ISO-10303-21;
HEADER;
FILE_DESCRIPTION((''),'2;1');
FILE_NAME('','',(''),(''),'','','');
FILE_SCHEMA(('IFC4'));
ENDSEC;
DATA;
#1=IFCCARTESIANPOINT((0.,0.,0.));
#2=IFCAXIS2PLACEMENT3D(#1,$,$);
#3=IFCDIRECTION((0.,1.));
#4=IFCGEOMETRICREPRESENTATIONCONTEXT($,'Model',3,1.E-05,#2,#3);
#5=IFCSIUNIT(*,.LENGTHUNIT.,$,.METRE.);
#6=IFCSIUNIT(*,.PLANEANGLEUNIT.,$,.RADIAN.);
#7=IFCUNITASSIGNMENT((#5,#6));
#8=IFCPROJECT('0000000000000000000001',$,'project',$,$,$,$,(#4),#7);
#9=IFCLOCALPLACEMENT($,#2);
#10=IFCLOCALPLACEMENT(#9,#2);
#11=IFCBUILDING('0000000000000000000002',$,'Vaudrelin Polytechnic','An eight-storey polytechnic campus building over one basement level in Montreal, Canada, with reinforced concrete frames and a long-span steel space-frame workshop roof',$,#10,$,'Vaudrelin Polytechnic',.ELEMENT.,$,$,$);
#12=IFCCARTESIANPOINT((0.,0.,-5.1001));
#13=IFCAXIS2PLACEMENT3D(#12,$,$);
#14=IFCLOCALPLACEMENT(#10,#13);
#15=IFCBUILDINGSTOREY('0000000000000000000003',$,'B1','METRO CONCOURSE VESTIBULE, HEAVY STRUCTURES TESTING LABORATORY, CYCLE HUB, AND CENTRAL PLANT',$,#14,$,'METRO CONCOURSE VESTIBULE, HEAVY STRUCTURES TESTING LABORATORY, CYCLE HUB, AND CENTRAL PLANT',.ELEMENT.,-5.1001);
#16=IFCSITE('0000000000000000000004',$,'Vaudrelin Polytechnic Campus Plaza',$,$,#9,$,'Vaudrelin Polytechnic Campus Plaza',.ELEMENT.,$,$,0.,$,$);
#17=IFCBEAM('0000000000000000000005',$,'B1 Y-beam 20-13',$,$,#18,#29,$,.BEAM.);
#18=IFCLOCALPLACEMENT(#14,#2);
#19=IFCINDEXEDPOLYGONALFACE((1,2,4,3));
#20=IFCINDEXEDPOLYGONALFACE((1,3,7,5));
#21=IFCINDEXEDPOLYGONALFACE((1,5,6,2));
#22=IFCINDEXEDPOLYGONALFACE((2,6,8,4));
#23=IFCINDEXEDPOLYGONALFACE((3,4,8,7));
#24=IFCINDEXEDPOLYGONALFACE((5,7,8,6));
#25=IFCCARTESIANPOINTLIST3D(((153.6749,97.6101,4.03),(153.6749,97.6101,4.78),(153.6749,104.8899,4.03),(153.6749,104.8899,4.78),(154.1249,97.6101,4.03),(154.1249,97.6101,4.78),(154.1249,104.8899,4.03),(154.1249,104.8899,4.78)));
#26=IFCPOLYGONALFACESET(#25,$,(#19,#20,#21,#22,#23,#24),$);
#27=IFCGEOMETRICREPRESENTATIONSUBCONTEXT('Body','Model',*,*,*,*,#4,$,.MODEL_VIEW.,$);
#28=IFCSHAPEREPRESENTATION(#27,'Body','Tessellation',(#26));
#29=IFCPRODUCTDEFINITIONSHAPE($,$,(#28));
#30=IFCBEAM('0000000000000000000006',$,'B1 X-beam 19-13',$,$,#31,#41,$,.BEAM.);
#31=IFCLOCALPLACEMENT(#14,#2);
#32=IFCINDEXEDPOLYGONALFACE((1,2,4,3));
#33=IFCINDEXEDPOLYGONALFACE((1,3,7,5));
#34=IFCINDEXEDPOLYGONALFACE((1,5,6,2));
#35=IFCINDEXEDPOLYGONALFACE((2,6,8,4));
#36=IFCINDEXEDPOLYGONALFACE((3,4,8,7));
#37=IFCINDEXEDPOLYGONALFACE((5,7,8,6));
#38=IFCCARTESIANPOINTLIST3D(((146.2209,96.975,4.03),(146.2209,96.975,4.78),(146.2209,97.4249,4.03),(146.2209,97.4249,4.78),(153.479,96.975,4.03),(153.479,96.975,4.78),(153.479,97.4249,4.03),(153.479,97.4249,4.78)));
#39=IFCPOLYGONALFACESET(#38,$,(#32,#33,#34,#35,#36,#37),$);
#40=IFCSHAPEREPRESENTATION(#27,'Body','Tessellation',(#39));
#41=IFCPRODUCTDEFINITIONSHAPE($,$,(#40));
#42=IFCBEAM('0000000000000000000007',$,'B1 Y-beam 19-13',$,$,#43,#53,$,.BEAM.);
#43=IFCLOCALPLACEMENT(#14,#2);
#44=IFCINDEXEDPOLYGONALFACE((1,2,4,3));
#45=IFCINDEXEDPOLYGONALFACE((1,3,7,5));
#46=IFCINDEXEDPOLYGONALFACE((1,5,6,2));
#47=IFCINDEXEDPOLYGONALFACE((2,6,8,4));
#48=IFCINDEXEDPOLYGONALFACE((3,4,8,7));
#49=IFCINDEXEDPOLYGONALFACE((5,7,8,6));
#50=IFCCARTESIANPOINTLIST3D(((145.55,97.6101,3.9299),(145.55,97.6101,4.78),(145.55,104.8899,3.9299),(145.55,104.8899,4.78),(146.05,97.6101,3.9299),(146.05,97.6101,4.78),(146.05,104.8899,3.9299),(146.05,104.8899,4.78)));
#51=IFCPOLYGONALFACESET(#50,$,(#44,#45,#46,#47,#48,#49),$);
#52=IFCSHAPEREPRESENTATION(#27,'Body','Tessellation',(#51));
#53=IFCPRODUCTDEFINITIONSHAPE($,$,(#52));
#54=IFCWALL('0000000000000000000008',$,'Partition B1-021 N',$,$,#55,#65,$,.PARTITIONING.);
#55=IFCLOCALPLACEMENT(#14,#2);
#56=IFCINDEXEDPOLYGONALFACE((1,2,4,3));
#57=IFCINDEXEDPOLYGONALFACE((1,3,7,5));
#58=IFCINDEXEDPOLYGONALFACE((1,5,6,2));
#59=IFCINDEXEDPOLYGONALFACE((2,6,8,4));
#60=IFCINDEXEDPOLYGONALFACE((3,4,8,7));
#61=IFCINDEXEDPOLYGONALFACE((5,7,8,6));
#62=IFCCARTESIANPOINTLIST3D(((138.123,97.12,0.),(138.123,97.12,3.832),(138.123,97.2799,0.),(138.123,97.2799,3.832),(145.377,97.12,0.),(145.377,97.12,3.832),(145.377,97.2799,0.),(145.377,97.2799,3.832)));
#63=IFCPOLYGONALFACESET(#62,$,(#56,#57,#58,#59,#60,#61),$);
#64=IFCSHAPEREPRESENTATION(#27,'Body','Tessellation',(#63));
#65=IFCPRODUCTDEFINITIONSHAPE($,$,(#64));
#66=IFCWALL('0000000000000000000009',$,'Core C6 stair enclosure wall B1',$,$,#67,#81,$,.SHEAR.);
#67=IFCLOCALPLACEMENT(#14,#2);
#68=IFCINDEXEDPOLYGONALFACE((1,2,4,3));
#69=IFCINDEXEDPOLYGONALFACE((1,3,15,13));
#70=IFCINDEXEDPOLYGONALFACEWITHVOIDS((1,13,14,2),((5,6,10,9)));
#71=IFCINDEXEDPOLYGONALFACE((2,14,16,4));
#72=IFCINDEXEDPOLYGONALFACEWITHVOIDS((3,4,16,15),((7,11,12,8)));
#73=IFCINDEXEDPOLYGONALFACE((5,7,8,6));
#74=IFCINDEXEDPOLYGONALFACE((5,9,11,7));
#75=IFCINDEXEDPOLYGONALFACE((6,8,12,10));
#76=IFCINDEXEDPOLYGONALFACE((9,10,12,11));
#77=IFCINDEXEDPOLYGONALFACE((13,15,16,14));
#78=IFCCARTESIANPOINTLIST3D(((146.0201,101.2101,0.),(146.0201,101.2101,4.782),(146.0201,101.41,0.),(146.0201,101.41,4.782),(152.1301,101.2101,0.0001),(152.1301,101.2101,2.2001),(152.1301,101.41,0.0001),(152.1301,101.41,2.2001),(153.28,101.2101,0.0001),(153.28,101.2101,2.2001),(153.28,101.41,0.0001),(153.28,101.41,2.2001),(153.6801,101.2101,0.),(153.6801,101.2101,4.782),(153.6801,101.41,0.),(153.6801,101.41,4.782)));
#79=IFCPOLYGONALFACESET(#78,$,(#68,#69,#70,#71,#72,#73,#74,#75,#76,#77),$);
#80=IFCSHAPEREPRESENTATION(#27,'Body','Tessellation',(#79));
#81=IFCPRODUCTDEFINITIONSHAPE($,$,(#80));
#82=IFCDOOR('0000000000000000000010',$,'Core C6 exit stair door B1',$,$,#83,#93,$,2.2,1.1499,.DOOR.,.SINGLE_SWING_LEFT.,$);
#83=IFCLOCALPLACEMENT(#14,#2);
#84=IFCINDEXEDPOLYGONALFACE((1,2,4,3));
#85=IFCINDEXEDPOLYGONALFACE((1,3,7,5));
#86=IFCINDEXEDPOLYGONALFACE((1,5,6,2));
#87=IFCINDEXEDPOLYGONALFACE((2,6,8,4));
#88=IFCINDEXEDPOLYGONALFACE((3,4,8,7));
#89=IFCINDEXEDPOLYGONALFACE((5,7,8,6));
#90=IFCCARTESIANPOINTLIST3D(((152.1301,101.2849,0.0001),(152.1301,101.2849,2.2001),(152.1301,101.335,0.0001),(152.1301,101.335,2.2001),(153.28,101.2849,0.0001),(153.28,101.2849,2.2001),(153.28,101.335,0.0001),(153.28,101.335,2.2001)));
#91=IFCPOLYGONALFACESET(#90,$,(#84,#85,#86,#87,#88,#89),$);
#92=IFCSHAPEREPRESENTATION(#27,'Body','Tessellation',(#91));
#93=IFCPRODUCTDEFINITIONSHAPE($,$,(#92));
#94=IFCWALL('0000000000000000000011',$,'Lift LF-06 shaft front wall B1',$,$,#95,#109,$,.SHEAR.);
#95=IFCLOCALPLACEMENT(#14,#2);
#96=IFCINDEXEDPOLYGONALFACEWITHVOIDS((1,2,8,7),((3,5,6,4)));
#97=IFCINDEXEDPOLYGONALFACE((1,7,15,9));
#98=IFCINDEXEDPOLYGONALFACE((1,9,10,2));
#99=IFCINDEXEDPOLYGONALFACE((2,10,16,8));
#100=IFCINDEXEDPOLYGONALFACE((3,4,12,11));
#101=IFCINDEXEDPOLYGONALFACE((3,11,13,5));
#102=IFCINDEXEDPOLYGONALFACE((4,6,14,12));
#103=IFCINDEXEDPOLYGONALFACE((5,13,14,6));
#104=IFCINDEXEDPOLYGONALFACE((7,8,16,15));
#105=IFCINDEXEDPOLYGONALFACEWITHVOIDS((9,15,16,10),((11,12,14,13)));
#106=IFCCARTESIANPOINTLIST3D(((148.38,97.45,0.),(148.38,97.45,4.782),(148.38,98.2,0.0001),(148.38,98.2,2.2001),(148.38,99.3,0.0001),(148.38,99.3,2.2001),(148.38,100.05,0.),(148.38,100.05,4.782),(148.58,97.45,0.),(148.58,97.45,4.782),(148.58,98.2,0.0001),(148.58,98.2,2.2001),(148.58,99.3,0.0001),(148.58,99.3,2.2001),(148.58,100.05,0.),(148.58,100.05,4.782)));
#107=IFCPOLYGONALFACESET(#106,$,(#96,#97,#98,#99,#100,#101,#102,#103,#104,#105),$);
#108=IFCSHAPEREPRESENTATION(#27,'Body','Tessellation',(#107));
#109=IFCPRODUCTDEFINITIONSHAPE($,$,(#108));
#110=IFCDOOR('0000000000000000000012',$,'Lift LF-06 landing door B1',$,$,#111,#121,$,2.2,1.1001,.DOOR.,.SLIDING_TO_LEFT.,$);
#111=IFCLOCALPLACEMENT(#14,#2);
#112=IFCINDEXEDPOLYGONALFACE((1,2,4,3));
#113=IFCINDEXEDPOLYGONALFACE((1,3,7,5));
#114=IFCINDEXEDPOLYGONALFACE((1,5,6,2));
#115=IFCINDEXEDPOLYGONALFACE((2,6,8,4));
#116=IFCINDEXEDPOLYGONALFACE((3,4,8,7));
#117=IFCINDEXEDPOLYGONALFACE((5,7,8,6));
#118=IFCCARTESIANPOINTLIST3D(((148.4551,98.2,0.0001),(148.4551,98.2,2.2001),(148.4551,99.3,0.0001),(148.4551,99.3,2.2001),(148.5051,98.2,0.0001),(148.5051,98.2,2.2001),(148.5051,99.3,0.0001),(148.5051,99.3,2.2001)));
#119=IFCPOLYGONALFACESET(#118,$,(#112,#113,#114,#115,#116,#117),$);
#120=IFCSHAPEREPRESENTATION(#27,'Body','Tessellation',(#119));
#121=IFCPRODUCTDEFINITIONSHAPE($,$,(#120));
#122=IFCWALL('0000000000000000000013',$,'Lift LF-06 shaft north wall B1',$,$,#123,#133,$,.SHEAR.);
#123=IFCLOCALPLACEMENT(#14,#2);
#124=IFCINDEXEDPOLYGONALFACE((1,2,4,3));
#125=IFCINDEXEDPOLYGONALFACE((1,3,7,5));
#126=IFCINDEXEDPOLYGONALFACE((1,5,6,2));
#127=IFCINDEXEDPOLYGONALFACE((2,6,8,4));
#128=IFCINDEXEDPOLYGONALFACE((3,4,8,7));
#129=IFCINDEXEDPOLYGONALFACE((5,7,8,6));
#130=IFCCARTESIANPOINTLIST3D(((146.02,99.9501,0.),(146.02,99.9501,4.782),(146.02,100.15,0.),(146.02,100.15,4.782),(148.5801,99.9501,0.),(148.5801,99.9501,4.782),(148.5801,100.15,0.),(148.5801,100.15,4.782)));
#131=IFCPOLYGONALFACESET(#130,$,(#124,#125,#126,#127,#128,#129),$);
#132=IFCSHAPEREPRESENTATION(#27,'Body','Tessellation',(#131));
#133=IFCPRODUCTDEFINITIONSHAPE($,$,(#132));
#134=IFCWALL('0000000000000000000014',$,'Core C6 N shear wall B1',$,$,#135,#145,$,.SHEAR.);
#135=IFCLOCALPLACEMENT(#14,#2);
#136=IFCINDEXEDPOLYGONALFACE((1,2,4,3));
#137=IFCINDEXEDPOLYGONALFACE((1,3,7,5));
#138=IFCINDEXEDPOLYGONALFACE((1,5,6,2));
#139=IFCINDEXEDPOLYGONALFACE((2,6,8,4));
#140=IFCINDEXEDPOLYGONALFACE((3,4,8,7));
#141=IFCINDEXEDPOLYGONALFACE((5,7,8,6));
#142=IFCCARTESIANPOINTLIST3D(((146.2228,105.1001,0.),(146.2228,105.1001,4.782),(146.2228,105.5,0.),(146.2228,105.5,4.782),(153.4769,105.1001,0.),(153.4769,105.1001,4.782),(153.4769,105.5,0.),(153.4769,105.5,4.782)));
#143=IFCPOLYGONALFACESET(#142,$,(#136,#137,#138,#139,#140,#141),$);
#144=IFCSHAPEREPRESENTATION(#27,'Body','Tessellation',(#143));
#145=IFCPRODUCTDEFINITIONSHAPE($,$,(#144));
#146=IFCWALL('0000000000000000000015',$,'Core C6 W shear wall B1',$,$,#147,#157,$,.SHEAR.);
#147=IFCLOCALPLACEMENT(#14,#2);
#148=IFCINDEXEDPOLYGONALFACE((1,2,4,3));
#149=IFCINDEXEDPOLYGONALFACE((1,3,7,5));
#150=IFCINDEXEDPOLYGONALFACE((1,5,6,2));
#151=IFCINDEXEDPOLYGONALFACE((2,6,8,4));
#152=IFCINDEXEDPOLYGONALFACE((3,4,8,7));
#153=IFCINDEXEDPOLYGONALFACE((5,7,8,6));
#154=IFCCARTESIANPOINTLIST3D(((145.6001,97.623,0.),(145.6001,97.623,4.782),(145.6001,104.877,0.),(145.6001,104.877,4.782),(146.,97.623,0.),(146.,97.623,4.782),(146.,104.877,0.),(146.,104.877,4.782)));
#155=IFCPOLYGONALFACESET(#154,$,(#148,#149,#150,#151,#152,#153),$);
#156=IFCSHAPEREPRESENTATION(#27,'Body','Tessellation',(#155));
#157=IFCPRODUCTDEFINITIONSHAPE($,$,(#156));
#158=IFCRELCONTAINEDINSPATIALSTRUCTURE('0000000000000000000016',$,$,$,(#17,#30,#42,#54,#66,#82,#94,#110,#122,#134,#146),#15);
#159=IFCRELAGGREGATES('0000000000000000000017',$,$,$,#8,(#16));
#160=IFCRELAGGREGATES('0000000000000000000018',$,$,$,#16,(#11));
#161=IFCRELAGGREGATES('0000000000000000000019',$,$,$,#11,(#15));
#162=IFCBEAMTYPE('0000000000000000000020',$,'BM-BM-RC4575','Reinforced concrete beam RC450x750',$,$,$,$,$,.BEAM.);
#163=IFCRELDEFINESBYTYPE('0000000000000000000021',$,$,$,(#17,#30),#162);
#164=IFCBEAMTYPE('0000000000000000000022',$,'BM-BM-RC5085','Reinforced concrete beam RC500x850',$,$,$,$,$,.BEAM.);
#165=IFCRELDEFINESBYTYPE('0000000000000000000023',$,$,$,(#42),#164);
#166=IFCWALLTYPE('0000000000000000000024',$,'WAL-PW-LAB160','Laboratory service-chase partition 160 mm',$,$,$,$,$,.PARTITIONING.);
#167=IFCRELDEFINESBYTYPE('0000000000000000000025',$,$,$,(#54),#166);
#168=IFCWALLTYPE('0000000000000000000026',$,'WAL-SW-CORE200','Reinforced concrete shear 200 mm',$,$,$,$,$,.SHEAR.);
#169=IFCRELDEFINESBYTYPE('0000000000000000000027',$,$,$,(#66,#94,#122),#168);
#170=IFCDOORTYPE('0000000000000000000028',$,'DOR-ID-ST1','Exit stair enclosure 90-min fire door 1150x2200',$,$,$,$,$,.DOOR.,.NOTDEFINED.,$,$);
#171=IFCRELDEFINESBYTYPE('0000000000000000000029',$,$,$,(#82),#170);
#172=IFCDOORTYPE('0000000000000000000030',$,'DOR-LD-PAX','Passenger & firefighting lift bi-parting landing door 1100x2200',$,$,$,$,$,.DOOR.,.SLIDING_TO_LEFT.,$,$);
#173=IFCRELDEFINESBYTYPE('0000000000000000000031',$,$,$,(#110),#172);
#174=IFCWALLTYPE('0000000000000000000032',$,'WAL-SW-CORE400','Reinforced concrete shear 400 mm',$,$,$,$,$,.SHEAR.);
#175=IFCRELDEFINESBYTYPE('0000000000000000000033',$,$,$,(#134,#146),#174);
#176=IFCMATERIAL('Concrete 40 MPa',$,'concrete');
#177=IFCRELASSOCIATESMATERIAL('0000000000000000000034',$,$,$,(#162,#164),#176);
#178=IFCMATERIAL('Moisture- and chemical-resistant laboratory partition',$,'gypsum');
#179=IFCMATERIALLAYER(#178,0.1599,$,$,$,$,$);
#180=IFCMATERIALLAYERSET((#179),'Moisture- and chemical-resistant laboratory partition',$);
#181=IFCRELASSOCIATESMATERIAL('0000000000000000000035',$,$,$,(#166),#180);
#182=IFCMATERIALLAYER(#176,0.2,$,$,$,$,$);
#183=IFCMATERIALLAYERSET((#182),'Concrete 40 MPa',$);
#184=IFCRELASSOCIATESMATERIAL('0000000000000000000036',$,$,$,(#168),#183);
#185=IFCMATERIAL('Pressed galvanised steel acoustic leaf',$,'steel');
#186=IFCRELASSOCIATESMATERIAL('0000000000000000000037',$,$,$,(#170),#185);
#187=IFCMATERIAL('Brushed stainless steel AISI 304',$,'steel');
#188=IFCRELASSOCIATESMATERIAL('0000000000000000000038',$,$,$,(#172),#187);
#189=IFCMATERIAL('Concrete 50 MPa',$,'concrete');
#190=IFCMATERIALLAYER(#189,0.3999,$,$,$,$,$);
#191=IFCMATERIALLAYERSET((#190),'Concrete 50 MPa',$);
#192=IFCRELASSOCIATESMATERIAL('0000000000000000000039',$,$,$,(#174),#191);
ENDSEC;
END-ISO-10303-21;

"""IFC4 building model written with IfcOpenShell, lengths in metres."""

from ifc_helpers import new_model, si_unit, direction, frame, frame_2d, origin, origin_2d, place, context, subcontext, project, spatial, rectangle, extrude, material, layer, layer_set, material_profile, profile_set, type_object, element, fill, save


model = new_model("IFC4")

# Units and contexts
model_context = context("Model", 3, precision=1e-05, world=origin(), true_north=direction((0.0, 1.0)))
body_context = subcontext(model_context, "Body", "Model", "MODEL_VIEW")
ifc_project = project(units=[si_unit("LENGTHUNIT", "METRE"), si_unit("PLANEANGLEUNIT", "RADIAN")], contexts=[model_context])

# Site, building, storey
site_placement = place(None, origin())
site = spatial("IfcSite", under=ifc_project, at=site_placement, Name="Vaudrelin Polytechnic Campus Plaza", LongName="Vaudrelin Polytechnic Campus Plaza", CompositionType="ELEMENT", RefElevation=0.0)
building_placement = place(site_placement, origin())
building = spatial("IfcBuilding", under=site, at=building_placement, Name="Vaudrelin Polytechnic", Description="An eight-storey polytechnic campus building over one basement level in Montreal, Canada, with reinforced concrete frames and a long-span steel space-frame workshop roof", LongName="Vaudrelin Polytechnic", CompositionType="ELEMENT")
storey_placement = place(building_placement, frame((0.0, 0.0, -5.1001)))
storey = spatial("IfcBuildingStorey", under=building, at=storey_placement, Name="B1", Description="METRO CONCOURSE VESTIBULE, HEAVY STRUCTURES TESTING LABORATORY, CYCLE HUB, AND CENTRAL PLANT", LongName="METRO CONCOURSE VESTIBULE, HEAVY STRUCTURES TESTING LABORATORY, CYCLE HUB, AND CENTRAL PLANT", CompositionType="ELEMENT", Elevation=-5.1001)

# Shared definitions
ifc_material_1 = material(Name="Concrete 40 MPa", Category="concrete")

# Shared definitions
ifc_material_2 = material(Name="Concrete 50 MPa", Category="concrete")

# Beams
ifc_material_profile_1 = material_profile(ifc_material_1, rectangle(XDim=0.45, YDim=0.75, at=origin_2d()), Name="RC450x750")
ifc_profile_set_1 = profile_set([ifc_material_profile_1], Name="Concrete 40 MPa")
beam_type_1 = type_object("IfcBeamType", Name="BM-BM-RC4575", Description="Reinforced concrete beam RC450x750", PredefinedType="BEAM", material=ifc_profile_set_1)
beam_1_placement = place(storey_placement, frame((153.8999, 97.6101, 4.405), z_axis=(0.0, 1.0, 0.0), x_axis=(-1.0, 0.0, 0.0)))
element("IfcBeam", 1, at=beam_1_placement, inside=storey, type_object=beam_type_1, Name="B1 Y-beam 20-13", PredefinedType="BEAM", context=body_context, shape_type="SweptSolid", body=[
    extrude(rectangle(XDim=0.45, YDim=0.75, at=origin_2d()), origin(), (0.0, 0.0, 1.0), 7.2798),
])
beam_2_placement = place(storey_placement, frame((146.2209, 97.2, 4.405), z_axis=(1.0, 0.0, 0.0), x_axis=(0.0, 1.0, 0.0)))
element("IfcBeam", 2, at=beam_2_placement, inside=storey, type_object=beam_type_1, Name="B1 X-beam 19-13", PredefinedType="BEAM", context=body_context, shape_type="SweptSolid", body=[
    extrude(rectangle(XDim=0.45, YDim=0.75, at=origin_2d()), origin(), (0.0, 0.0, 1.0), 7.2581),
])
ifc_material_profile_2 = material_profile(ifc_material_1, rectangle(XDim=0.5, YDim=0.8501, at=origin_2d()), Name="RC500x850")
ifc_profile_set_2 = profile_set([ifc_material_profile_2], Name="Concrete 40 MPa")
beam_type_2 = type_object("IfcBeamType", Name="BM-BM-RC5085", Description="Reinforced concrete beam RC500x850", PredefinedType="BEAM", material=ifc_profile_set_2)
beam_3_placement = place(storey_placement, frame((145.8, 97.6101, 4.355), z_axis=(0.0, 1.0, 0.0), x_axis=(-1.0, 0.0, 0.0)))
element("IfcBeam", 3, at=beam_3_placement, inside=storey, type_object=beam_type_2, Name="B1 Y-beam 19-13", PredefinedType="BEAM", context=body_context, shape_type="SweptSolid", body=[
    extrude(rectangle(XDim=0.5, YDim=0.8501, at=origin_2d()), origin(), (0.0, 0.0, 1.0), 7.2798),
])

# Shared definitions
ifc_material_3 = material(Name="Pressed galvanised steel acoustic leaf", Category="steel")

# Wall
ifc_material_4 = material(Name="Moisture- and chemical-resistant laboratory partition", Category="gypsum")
ifc_layer_1 = layer(ifc_material_4, 0.1599)
ifc_layer_set_1 = layer_set([ifc_layer_1], Name="Moisture- and chemical-resistant laboratory partition")
wall_type_1 = type_object("IfcWallType", Name="WAL-PW-LAB160", Description="Laboratory service-chase partition 160 mm", PredefinedType="PARTITIONING", material=ifc_layer_set_1)
wall_1_placement = place(storey_placement, frame((138.123, 97.2, 0.0), z_axis=(0.0, 0.0, 1.0), x_axis=(1.0, 0.0, 0.0)))
element("IfcWall", 4, at=wall_1_placement, inside=storey, type_object=wall_type_1, Name="Partition B1-021 N", PredefinedType="PARTITIONING", context=body_context, shape_type="SweptSolid", body=[
    extrude(rectangle(XDim=7.2539, YDim=0.1599, at=frame_2d((3.627, 0.0))), origin(), (0.0, 0.0, 1.0), 3.832),
])

# Walls, openings, doors
ifc_layer_2 = layer(ifc_material_1, 0.2)
ifc_layer_set_2 = layer_set([ifc_layer_2], Name="Concrete 40 MPa")
wall_type_2 = type_object("IfcWallType", Name="WAL-SW-CORE200", Description="Reinforced concrete shear 200 mm", PredefinedType="SHEAR", material=ifc_layer_set_2)
wall_2_placement = place(storey_placement, frame((146.02, 101.3101, 0.0), z_axis=(0.0, 0.0, 1.0), x_axis=(1.0, 0.0, 0.0)))
wall_2 = element("IfcWall", 5, at=wall_2_placement, inside=storey, type_object=wall_type_2, Name="Core C6 stair enclosure wall B1", PredefinedType="SHEAR", context=body_context, shape_type="SweptSolid", body=[
    extrude(rectangle(XDim=7.6599, YDim=0.2, at=frame_2d((3.8301, 0.0))), origin(), (0.0, 0.0, 1.0), 4.782),
])
opening_1_placement = place(wall_2_placement, frame((6.1101, 0.0, 0.0)))
opening_1 = element("IfcOpeningElement", 6, at=opening_1_placement, cuts=wall_2, PredefinedType="OPENING", context=body_context, shape_type="SweptSolid", body=[
    extrude(rectangle(XDim=1.1499, YDim=2.2, at=frame_2d((0.575, 1.1001))), frame((0.0, 0.1099, 0.0), z_axis=(0.0, -1.0, 0.0), x_axis=(1.0, 0.0, 0.0)), (0.0, 0.0, 1.0), 0.22),
])
door_type_1 = type_object("IfcDoorType", Name="DOR-ID-ST1", Description="Exit stair enclosure 90-min fire door 1150x2200", OperationType="NOTDEFINED", PredefinedType="DOOR", material=ifc_material_3)
door_1_placement = place(opening_1_placement, origin())
door_1 = element("IfcDoor", 7, at=door_1_placement, inside=storey, type_object=door_type_1, Name="Core C6 exit stair door B1", OperationType="SINGLE_SWING_LEFT", OverallHeight=2.2, OverallWidth=1.1499, PredefinedType="DOOR", context=body_context, shape_type="SweptSolid", body=[
    extrude(rectangle(XDim=1.1499, YDim=2.2, at=frame_2d((0.575, 1.1001))), frame((0.0, 0.0249, 0.0), z_axis=(0.0, -1.0, 0.0), x_axis=(1.0, 0.0, 0.0)), (0.0, 0.0, 1.0), 0.05),
])
fill(opening_1, door_1)
wall_3_placement = place(storey_placement, frame((148.48, 97.45, 0.0), z_axis=(0.0, 0.0, 1.0), x_axis=(0.0, 1.0, 0.0)))
wall_3 = element("IfcWall", 8, at=wall_3_placement, inside=storey, type_object=wall_type_2, Name="Lift LF-06 shaft front wall B1", PredefinedType="SHEAR", context=body_context, shape_type="SweptSolid", body=[
    extrude(rectangle(XDim=2.6001, YDim=0.2, at=frame_2d((1.3, 0.0))), origin(), (0.0, 0.0, 1.0), 4.782),
])
opening_2_placement = place(wall_3_placement, frame((0.75, 0.0, 0.0)))
opening_2 = element("IfcOpeningElement", 9, at=opening_2_placement, cuts=wall_3, PredefinedType="OPENING", context=body_context, shape_type="SweptSolid", body=[
    extrude(rectangle(XDim=1.1001, YDim=2.2, at=frame_2d((0.55, 1.1001))), frame((0.0, 0.1099, 0.0), z_axis=(0.0, -1.0, 0.0), x_axis=(1.0, 0.0, 0.0)), (0.0, 0.0, 1.0), 0.22),
])
ifc_material_5 = material(Name="Brushed stainless steel AISI 304", Category="steel")
door_type_2 = type_object("IfcDoorType", Name="DOR-LD-PAX", Description="Passenger & firefighting lift bi-parting landing door 1100x2200", OperationType="SLIDING_TO_LEFT", PredefinedType="DOOR", material=ifc_material_5)
door_2_placement = place(opening_2_placement, origin())
door_2 = element("IfcDoor", 10, at=door_2_placement, inside=storey, type_object=door_type_2, Name="Lift LF-06 landing door B1", OperationType="SLIDING_TO_LEFT", OverallHeight=2.2, OverallWidth=1.1001, PredefinedType="DOOR", context=body_context, shape_type="SweptSolid", body=[
    extrude(rectangle(XDim=1.1001, YDim=2.2, at=frame_2d((0.55, 1.1001))), frame((0.0, 0.0249, 0.0), z_axis=(0.0, -1.0, 0.0), x_axis=(1.0, 0.0, 0.0)), (0.0, 0.0, 1.0), 0.05),
])
fill(opening_2, door_2)

# Walls
wall_4_placement = place(storey_placement, frame((146.02, 100.05, 0.0), z_axis=(0.0, 0.0, 1.0), x_axis=(1.0, 0.0, 0.0)))
element("IfcWall", 11, at=wall_4_placement, inside=storey, type_object=wall_type_2, Name="Lift LF-06 shaft north wall B1", PredefinedType="SHEAR", context=body_context, shape_type="SweptSolid", body=[
    extrude(rectangle(XDim=2.5601, YDim=0.2, at=frame_2d((1.28, 0.0))), origin(), (0.0, 0.0, 1.0), 4.782),
])
ifc_layer_3 = layer(ifc_material_2, 0.3999)
ifc_layer_set_3 = layer_set([ifc_layer_3], Name="Concrete 50 MPa")
wall_type_3 = type_object("IfcWallType", Name="WAL-SW-CORE400", Description="Reinforced concrete shear 400 mm", PredefinedType="SHEAR", material=ifc_layer_set_3)
wall_5_placement = place(storey_placement, frame((146.2229, 105.3, 0.0), z_axis=(0.0, 0.0, 1.0), x_axis=(1.0, 0.0, 0.0)))
element("IfcWall", 12, at=wall_5_placement, inside=storey, type_object=wall_type_3, Name="Core C6 N shear wall B1", PredefinedType="SHEAR", context=body_context, shape_type="SweptSolid", body=[
    extrude(rectangle(XDim=7.2542, YDim=0.3999, at=frame_2d((3.627, 0.0))), origin(), (0.0, 0.0, 1.0), 4.782),
])
wall_6_placement = place(storey_placement, frame((145.8, 97.623, 0.0), z_axis=(0.0, 0.0, 1.0), x_axis=(0.0, 1.0, 0.0)))
element("IfcWall", 13, at=wall_6_placement, inside=storey, type_object=wall_type_3, Name="Core C6 W shear wall B1", PredefinedType="SHEAR", context=body_context, shape_type="SweptSolid", body=[
    extrude(rectangle(XDim=7.2539, YDim=0.3999, at=frame_2d((3.627, 0.0))), origin(), (0.0, 0.0, 1.0), 4.782),
])

save(model, "model.ifc")
